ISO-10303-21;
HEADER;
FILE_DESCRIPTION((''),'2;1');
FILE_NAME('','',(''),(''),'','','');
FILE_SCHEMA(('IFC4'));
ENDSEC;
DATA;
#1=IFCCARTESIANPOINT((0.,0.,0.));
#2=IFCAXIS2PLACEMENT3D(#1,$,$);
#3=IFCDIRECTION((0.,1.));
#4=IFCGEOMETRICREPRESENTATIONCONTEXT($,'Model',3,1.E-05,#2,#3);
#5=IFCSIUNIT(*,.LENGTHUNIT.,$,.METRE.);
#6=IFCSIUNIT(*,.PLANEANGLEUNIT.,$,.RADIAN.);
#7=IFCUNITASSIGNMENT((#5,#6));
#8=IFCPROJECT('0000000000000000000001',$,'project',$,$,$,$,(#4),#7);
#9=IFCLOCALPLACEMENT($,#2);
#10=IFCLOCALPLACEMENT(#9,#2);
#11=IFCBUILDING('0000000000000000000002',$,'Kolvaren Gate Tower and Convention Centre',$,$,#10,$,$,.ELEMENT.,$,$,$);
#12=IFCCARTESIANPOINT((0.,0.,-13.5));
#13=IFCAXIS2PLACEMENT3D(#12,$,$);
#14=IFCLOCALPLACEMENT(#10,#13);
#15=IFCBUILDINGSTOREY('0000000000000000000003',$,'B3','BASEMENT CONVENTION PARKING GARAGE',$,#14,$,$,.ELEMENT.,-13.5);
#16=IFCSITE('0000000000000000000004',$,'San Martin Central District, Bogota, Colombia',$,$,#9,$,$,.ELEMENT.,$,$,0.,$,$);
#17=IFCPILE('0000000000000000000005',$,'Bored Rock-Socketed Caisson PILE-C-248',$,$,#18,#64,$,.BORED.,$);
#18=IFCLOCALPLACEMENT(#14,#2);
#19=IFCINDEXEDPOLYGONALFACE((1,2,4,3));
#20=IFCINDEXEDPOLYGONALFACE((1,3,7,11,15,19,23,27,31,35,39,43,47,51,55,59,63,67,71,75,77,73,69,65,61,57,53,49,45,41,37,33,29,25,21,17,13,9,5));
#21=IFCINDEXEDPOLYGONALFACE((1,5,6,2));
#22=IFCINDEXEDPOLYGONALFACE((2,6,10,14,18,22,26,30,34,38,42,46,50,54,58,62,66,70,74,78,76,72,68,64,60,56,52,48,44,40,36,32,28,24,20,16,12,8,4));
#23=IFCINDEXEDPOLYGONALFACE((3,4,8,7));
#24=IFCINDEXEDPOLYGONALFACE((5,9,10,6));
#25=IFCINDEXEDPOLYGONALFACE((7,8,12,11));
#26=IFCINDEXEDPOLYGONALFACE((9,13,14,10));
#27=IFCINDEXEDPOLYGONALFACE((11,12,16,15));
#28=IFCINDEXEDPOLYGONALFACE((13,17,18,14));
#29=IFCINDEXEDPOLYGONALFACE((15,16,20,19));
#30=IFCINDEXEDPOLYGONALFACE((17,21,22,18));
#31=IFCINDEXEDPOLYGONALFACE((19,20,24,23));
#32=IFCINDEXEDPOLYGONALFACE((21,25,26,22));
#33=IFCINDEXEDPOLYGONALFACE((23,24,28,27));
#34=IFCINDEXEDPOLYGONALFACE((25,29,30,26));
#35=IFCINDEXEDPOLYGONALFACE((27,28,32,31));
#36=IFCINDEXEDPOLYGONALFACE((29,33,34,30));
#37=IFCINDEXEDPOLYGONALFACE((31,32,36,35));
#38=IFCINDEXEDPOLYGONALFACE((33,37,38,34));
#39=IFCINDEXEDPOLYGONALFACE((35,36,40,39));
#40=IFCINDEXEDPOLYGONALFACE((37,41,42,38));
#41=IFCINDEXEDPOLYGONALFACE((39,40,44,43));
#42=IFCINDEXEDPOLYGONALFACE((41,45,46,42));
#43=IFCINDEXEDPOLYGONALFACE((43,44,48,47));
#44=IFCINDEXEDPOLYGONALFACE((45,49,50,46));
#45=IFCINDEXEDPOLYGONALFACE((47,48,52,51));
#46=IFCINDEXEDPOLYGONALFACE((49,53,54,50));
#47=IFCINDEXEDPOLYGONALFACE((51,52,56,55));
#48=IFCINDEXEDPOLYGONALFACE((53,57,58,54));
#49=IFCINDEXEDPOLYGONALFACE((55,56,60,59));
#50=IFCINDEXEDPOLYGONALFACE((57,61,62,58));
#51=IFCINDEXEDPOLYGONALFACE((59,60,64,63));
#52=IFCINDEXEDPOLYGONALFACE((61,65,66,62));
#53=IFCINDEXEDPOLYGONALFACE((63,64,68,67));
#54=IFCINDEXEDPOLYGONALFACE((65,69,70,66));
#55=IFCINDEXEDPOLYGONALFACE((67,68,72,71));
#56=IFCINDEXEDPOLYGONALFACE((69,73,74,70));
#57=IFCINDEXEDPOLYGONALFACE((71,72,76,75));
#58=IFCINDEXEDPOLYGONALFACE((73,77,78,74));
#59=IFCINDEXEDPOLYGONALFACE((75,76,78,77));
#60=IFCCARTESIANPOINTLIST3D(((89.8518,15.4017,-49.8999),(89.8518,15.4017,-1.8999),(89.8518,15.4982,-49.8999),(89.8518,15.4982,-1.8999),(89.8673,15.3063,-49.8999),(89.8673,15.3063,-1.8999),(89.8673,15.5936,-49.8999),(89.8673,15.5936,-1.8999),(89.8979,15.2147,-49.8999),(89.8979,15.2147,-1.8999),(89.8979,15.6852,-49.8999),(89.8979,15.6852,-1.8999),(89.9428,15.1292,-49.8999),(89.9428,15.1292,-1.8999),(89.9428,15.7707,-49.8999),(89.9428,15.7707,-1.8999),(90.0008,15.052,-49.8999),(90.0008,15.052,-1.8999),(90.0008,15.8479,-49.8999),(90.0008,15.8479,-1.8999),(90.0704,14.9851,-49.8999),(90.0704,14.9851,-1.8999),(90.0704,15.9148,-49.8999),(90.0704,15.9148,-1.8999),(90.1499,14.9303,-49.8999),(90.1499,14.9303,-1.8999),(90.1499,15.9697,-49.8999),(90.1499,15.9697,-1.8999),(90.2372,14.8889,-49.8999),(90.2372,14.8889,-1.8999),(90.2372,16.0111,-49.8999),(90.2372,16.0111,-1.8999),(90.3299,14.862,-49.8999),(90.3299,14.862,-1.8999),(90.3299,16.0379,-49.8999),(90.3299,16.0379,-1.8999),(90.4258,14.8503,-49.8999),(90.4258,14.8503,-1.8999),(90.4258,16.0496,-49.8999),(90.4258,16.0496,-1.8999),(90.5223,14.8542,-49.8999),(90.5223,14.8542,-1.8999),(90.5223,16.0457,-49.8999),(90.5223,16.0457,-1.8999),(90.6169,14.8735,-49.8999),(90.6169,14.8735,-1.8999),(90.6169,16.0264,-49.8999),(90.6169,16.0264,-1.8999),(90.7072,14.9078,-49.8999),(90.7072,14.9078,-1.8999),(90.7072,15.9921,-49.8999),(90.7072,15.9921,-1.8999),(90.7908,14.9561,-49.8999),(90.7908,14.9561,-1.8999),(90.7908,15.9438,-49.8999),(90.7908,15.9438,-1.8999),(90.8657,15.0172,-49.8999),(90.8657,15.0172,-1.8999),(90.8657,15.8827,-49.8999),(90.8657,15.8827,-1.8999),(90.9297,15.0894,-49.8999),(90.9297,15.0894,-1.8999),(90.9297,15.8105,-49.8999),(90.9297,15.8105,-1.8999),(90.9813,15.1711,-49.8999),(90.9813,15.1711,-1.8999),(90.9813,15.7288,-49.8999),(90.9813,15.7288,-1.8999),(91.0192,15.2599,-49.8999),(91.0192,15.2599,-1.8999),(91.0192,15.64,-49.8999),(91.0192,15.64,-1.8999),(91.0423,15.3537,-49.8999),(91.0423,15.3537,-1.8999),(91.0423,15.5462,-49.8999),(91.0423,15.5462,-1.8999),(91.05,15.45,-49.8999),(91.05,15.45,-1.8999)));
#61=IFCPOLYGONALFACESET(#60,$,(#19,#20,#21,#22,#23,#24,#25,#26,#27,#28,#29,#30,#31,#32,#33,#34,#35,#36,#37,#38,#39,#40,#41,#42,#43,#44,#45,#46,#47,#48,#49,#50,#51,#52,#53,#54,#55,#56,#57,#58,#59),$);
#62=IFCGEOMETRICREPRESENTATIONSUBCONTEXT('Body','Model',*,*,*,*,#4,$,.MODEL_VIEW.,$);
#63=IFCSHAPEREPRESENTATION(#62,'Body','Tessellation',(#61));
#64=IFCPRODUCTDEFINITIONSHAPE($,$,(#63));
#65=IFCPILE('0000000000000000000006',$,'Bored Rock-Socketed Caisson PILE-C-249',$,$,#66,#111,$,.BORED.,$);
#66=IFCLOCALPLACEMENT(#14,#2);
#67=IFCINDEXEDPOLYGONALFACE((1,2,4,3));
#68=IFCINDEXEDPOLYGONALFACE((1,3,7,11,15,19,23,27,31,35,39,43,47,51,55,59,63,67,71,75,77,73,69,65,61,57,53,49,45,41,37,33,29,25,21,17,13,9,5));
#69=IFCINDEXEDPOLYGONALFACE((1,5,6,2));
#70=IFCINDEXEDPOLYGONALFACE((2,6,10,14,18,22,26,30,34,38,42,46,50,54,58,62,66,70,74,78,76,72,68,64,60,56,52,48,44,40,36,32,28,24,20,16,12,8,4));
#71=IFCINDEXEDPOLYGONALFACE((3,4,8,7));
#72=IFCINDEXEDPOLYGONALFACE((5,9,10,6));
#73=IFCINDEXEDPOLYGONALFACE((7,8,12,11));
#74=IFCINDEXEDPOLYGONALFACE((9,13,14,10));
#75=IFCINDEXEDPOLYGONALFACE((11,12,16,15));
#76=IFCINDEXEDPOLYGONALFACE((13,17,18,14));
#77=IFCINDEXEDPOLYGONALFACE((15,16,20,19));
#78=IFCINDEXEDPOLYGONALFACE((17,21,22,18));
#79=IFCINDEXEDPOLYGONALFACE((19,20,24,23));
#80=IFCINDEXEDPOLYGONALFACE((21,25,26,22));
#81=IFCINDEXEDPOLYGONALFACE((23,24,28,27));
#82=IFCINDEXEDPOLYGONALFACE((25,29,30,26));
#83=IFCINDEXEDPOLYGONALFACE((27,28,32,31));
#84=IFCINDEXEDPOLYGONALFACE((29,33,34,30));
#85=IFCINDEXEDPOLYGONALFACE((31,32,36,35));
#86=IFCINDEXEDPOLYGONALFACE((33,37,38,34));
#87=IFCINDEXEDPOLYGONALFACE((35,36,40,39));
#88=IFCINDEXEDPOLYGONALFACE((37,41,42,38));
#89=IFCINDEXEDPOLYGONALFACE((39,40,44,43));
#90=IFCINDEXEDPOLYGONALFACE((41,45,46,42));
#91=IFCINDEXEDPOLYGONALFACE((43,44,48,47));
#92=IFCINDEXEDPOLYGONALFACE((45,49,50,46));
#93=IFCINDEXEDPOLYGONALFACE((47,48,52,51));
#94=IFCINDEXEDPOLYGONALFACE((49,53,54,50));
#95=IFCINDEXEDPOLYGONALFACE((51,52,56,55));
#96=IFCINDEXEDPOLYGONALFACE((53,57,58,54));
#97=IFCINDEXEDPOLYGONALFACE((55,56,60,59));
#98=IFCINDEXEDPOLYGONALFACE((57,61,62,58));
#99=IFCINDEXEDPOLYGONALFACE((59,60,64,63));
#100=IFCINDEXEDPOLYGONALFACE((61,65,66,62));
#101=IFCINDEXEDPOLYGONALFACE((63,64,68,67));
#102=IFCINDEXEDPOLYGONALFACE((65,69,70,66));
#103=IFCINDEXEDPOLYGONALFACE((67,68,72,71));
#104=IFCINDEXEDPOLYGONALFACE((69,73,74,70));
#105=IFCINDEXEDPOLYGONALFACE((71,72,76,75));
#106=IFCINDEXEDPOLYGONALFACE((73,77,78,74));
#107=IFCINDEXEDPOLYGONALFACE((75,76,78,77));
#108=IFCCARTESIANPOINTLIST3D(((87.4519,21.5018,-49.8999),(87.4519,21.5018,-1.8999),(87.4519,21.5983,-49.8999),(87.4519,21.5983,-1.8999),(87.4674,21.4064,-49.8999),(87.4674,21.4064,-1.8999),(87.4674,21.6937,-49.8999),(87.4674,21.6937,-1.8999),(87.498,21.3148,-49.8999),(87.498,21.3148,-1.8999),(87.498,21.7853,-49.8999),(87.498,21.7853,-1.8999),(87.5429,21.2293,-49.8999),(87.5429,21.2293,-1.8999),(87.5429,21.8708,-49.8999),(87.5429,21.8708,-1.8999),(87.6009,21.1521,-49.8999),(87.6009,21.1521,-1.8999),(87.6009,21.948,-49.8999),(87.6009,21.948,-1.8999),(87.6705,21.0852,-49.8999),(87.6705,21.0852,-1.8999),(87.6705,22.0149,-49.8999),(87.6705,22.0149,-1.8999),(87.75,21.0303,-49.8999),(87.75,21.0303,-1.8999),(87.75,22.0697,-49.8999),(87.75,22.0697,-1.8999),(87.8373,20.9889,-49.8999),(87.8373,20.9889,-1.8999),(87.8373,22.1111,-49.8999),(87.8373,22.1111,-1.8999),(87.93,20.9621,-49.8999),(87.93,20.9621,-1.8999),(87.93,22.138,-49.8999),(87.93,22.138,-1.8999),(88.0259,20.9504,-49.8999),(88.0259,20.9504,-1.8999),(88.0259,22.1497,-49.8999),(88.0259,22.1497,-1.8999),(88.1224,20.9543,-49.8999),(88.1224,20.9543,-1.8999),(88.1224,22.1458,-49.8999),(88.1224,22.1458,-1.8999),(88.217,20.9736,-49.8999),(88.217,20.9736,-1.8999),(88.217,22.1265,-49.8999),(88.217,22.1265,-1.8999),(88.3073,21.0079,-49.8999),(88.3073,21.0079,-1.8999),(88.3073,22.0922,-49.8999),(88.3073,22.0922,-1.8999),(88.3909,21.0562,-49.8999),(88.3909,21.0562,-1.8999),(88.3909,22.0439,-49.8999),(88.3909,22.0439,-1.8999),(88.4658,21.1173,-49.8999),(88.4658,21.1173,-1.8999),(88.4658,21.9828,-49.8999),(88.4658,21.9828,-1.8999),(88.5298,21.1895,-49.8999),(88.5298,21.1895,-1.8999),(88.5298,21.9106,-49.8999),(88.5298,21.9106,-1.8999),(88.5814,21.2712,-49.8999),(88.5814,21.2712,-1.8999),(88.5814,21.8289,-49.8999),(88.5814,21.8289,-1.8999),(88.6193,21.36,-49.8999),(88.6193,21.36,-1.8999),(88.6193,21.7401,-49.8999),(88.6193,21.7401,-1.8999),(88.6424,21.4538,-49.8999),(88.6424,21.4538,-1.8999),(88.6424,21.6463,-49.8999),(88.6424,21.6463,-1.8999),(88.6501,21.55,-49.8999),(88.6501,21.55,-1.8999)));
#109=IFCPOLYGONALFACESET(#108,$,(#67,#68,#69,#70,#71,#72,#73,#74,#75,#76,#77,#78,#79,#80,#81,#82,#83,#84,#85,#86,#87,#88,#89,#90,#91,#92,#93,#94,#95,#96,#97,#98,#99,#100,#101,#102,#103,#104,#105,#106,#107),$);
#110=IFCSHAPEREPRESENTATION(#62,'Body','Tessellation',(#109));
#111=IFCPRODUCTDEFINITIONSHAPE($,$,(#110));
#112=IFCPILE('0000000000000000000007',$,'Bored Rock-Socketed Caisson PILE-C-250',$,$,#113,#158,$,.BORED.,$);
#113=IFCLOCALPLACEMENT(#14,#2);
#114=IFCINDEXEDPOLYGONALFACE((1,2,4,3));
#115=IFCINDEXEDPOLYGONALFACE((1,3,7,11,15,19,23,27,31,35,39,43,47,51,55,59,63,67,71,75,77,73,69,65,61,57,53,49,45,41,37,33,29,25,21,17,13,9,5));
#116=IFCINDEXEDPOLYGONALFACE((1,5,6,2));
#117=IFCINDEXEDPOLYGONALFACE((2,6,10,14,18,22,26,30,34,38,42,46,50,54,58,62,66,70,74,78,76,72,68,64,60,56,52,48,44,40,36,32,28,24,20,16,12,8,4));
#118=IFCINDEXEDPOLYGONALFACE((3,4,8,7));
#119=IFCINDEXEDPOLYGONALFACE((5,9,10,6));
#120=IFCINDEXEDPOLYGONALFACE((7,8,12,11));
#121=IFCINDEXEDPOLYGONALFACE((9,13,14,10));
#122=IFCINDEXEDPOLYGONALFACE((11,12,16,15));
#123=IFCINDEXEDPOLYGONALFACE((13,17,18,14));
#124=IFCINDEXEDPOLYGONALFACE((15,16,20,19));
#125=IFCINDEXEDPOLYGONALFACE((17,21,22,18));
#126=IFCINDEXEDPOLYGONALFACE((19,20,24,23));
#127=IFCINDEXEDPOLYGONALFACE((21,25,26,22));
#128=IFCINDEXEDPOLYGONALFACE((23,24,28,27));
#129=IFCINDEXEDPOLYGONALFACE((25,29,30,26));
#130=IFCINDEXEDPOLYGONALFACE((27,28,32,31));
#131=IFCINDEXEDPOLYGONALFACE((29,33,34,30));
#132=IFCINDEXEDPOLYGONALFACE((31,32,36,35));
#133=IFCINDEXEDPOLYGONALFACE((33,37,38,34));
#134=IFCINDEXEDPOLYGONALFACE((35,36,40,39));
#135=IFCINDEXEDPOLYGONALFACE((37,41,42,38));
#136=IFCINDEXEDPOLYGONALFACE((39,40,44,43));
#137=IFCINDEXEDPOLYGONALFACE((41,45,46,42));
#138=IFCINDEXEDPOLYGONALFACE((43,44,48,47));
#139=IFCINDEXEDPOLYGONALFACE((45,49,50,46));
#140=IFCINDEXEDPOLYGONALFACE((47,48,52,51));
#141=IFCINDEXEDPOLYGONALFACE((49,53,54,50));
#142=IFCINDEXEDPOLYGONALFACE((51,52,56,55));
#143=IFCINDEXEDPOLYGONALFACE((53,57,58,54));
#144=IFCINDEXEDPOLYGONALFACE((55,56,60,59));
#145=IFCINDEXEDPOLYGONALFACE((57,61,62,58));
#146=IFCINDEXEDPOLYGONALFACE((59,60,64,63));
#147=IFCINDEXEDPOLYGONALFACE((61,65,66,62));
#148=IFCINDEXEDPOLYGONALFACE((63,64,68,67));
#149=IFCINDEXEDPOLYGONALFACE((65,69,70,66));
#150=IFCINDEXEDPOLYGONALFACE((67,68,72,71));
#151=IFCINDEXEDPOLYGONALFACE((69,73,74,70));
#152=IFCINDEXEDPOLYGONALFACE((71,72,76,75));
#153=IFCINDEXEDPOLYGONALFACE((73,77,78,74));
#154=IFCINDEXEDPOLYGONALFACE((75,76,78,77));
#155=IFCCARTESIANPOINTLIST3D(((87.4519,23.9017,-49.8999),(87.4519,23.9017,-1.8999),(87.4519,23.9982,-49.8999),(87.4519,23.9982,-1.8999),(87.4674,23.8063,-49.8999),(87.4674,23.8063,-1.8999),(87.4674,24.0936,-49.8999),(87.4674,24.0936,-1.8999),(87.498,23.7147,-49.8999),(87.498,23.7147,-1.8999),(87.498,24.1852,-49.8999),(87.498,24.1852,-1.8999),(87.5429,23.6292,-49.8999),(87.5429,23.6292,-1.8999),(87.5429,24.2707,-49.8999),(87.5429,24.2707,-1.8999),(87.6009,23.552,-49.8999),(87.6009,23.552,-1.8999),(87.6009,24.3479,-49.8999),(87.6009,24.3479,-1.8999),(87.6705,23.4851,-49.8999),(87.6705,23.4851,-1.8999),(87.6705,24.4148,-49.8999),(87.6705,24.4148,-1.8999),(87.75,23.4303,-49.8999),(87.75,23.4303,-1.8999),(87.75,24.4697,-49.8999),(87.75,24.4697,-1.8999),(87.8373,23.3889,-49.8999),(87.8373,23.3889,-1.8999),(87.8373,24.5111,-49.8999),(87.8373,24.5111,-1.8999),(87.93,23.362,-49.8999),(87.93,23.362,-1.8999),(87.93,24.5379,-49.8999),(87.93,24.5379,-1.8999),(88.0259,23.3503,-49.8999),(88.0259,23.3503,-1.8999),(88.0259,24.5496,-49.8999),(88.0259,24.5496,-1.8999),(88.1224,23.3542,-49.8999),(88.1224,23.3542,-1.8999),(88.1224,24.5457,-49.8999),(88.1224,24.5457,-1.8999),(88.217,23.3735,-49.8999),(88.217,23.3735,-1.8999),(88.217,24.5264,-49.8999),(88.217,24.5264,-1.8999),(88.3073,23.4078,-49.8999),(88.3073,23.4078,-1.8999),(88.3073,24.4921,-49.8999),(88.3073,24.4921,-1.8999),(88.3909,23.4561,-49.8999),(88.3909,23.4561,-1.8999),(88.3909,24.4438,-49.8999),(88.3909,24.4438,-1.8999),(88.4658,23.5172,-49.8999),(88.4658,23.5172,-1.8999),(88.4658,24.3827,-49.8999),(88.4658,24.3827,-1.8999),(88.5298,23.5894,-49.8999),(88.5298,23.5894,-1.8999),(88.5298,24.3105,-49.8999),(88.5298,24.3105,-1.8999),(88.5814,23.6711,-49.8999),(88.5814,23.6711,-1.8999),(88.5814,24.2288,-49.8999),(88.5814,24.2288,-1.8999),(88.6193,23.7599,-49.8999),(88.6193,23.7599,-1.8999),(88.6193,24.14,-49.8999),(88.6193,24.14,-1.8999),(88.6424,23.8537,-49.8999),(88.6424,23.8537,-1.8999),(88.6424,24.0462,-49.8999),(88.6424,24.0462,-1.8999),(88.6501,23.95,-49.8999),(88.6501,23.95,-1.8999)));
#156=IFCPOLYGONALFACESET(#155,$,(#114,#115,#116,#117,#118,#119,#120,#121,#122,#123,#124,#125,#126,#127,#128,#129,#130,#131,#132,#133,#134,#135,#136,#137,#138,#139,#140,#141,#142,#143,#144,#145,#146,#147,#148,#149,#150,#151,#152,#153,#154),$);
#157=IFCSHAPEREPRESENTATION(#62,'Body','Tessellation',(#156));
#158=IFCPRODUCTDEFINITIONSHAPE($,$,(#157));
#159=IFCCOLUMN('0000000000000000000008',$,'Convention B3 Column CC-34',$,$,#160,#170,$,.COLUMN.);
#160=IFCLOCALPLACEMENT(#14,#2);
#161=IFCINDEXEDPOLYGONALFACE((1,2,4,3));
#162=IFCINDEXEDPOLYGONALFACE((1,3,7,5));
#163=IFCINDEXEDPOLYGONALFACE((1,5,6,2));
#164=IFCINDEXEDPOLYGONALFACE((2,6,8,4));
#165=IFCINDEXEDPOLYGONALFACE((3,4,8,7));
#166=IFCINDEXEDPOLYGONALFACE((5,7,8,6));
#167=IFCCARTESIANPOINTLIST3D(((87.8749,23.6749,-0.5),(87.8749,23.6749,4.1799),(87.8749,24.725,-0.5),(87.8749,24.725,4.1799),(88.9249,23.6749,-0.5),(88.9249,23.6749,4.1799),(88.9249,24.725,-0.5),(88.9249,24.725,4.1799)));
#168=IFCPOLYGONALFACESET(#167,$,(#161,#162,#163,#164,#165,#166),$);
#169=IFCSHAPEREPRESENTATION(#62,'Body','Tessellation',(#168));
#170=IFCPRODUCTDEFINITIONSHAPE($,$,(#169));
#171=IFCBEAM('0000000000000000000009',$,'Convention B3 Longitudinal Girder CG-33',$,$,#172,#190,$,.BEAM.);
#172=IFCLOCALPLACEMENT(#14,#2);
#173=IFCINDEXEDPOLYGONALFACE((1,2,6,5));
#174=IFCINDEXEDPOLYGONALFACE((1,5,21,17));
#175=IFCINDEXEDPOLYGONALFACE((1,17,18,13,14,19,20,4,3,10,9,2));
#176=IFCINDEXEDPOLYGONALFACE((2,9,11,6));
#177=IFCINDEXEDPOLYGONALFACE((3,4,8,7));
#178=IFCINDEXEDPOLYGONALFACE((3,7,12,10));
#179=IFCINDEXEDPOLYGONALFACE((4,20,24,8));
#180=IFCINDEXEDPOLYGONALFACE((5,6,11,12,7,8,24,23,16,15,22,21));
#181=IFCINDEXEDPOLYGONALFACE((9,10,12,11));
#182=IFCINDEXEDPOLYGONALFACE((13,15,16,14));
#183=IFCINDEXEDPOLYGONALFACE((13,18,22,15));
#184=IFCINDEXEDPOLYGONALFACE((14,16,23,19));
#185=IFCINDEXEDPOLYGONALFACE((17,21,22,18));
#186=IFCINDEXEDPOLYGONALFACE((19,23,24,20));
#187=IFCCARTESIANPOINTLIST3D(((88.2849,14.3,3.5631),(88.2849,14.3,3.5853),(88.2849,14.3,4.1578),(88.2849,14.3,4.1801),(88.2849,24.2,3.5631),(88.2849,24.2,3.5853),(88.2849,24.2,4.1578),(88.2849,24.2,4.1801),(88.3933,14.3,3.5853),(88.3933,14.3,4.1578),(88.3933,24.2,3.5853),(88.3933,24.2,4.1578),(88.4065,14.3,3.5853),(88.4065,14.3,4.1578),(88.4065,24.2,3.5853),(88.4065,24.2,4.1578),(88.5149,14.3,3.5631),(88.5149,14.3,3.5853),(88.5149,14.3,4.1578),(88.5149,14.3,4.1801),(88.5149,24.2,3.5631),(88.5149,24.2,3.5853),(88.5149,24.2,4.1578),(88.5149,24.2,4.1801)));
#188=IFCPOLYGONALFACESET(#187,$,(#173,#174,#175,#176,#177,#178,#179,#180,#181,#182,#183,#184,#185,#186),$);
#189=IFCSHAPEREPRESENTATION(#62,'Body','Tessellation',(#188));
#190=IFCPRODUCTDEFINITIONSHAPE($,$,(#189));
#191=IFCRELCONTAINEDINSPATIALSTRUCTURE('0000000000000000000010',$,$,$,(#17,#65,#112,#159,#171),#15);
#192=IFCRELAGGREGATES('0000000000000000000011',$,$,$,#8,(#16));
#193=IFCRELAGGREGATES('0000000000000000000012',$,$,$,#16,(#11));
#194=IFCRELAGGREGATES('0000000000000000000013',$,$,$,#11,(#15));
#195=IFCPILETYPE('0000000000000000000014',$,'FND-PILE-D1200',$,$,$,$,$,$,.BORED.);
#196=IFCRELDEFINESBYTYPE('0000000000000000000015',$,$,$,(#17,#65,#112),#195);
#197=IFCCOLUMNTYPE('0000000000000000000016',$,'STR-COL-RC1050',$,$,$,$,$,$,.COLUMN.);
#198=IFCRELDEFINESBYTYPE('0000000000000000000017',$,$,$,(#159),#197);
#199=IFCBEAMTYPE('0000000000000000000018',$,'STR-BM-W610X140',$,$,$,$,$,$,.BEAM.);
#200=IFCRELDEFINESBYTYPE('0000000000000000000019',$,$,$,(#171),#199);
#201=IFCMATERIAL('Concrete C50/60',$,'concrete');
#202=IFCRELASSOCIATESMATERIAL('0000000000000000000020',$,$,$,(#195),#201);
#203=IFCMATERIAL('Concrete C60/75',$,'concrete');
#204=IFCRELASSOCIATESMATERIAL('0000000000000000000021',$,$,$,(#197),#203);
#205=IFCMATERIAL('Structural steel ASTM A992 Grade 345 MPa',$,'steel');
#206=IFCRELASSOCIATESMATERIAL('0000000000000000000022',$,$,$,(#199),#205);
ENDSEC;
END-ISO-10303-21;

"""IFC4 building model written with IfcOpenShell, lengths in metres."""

from ifc_helpers import new_model, si_unit, direction, frame, origin, origin_2d, place, context, subcontext, project, spatial, rectangle, circle, i_section, extrude, material, material_profile, profile_set, type_object, element, save


model = new_model("IFC4")

# Units and contexts
model_context = context("Model", 3, precision=1e-05, world=origin(), true_north=direction((0.0, 1.0)))
body_context = subcontext(model_context, "Body", "Model", "MODEL_VIEW")
ifc_project = project(units=[si_unit("LENGTHUNIT", "METRE"), si_unit("PLANEANGLEUNIT", "RADIAN")], contexts=[model_context])

# Site, building, storey
site_placement = place(None, origin())
site = spatial("IfcSite", under=ifc_project, at=site_placement, Name="San Martin Central District, Bogota, Colombia", CompositionType="ELEMENT", RefElevation=0.0)
building_placement = place(site_placement, origin())
building = spatial("IfcBuilding", under=site, at=building_placement, Name="Kolvaren Gate Tower and Convention Centre", CompositionType="ELEMENT")
storey_placement = place(building_placement, frame((0.0, 0.0, -13.5)))
storey = spatial("IfcBuildingStorey", under=building, at=storey_placement, Name="B3", Description="BASEMENT CONVENTION PARKING GARAGE", CompositionType="ELEMENT", Elevation=-13.5)

# Shared definitions
ifc_material_1 = material(Name="Concrete C50/60", Category="concrete")
ifc_material_2 = material(Name="Concrete C60/75", Category="concrete")

# Piles
ifc_material_profile_1 = material_profile(ifc_material_1, circle(Radius=0.6001, at=origin_2d()), Name="CAISSON-D1200")
ifc_profile_set_1 = profile_set([ifc_material_profile_1], Name="Concrete C50/60")
pile_type = type_object("IfcPileType", Name="FND-PILE-D1200", PredefinedType="BORED", material=ifc_profile_set_1)
for number, where, z_axis, x_axis, name in (
    (1, (90.45, 15.45, -1.8999), (0.0, 0.0, -1.0), (1.0, 0.0, 0.0), "Bored Rock-Socketed Caisson PILE-C-248"),
    (2, (88.05, 21.55, -1.8999), (0.0, 0.0, -1.0), (1.0, 0.0, 0.0), "Bored Rock-Socketed Caisson PILE-C-249"),
    (3, (88.05, 23.95, -1.8999), (0.0, 0.0, -1.0), (1.0, 0.0, 0.0), "Bored Rock-Socketed Caisson PILE-C-250"),
):
    element("IfcPile", number, at=place(storey_placement, frame(where, z_axis=z_axis, x_axis=x_axis)), inside=storey, type_object=pile_type, Name=name, PredefinedType="BORED", context=body_context, shape_type="SweptSolid", body=[
        extrude(circle(Radius=0.6001, at=origin_2d()), origin(), (0.0, 0.0, 1.0), 48.0),
    ])

# Column
ifc_material_profile_2 = material_profile(ifc_material_2, rectangle(XDim=1.05, YDim=1.05, at=origin_2d()), Name="RC-COL-1050X1050")
ifc_profile_set_2 = profile_set([ifc_material_profile_2], Name="Concrete C60/75")
column_type = type_object("IfcColumnType", Name="STR-COL-RC1050", PredefinedType="COLUMN", material=ifc_profile_set_2)
column_placement = place(storey_placement, frame((88.3999, 24.2, -0.5), z_axis=(0.0, 0.0, 1.0), x_axis=(1.0, 0.0, 0.0)))
element("IfcColumn", 4, at=column_placement, inside=storey, type_object=column_type, Name="Convention B3 Column CC-34", PredefinedType="COLUMN", context=body_context, shape_type="SweptSolid", body=[
    extrude(rectangle(XDim=1.05, YDim=1.05, at=origin_2d()), origin(), (0.0, 0.0, 1.0), 4.6799),
])

# Beam
ifc_material_3 = material(Name="Structural steel ASTM A992 Grade 345 MPa", Category="steel")
ifc_material_profile_3 = material_profile(ifc_material_3, i_section(OverallWidth=0.23, OverallDepth=0.6169, WebThickness=0.0132, FlangeThickness=0.0222, at=origin_2d()), Name="W610X140")
ifc_profile_set_3 = profile_set([ifc_material_profile_3], Name="Structural steel ASTM A992 Grade 345 MPa")
beam_type_1 = type_object("IfcBeamType", Name="STR-BM-W610X140", PredefinedType="BEAM", material=ifc_profile_set_3)
beam_1_placement = place(storey_placement, frame((88.3999, 14.3, 3.8716), z_axis=(0.0, 1.0, 0.0), x_axis=(-1.0, 0.0, 0.0)))
element("IfcBeam", 5, at=beam_1_placement, inside=storey, type_object=beam_type_1, Name="Convention B3 Longitudinal Girder CG-33", PredefinedType="BEAM", context=body_context, shape_type="SweptSolid", body=[
    extrude(i_section(OverallWidth=0.23, OverallDepth=0.6169, WebThickness=0.0132, FlangeThickness=0.0222, at=origin_2d()), origin(), (0.0, 0.0, 1.0), 9.8999),
])

save(model, "model.ifc")
